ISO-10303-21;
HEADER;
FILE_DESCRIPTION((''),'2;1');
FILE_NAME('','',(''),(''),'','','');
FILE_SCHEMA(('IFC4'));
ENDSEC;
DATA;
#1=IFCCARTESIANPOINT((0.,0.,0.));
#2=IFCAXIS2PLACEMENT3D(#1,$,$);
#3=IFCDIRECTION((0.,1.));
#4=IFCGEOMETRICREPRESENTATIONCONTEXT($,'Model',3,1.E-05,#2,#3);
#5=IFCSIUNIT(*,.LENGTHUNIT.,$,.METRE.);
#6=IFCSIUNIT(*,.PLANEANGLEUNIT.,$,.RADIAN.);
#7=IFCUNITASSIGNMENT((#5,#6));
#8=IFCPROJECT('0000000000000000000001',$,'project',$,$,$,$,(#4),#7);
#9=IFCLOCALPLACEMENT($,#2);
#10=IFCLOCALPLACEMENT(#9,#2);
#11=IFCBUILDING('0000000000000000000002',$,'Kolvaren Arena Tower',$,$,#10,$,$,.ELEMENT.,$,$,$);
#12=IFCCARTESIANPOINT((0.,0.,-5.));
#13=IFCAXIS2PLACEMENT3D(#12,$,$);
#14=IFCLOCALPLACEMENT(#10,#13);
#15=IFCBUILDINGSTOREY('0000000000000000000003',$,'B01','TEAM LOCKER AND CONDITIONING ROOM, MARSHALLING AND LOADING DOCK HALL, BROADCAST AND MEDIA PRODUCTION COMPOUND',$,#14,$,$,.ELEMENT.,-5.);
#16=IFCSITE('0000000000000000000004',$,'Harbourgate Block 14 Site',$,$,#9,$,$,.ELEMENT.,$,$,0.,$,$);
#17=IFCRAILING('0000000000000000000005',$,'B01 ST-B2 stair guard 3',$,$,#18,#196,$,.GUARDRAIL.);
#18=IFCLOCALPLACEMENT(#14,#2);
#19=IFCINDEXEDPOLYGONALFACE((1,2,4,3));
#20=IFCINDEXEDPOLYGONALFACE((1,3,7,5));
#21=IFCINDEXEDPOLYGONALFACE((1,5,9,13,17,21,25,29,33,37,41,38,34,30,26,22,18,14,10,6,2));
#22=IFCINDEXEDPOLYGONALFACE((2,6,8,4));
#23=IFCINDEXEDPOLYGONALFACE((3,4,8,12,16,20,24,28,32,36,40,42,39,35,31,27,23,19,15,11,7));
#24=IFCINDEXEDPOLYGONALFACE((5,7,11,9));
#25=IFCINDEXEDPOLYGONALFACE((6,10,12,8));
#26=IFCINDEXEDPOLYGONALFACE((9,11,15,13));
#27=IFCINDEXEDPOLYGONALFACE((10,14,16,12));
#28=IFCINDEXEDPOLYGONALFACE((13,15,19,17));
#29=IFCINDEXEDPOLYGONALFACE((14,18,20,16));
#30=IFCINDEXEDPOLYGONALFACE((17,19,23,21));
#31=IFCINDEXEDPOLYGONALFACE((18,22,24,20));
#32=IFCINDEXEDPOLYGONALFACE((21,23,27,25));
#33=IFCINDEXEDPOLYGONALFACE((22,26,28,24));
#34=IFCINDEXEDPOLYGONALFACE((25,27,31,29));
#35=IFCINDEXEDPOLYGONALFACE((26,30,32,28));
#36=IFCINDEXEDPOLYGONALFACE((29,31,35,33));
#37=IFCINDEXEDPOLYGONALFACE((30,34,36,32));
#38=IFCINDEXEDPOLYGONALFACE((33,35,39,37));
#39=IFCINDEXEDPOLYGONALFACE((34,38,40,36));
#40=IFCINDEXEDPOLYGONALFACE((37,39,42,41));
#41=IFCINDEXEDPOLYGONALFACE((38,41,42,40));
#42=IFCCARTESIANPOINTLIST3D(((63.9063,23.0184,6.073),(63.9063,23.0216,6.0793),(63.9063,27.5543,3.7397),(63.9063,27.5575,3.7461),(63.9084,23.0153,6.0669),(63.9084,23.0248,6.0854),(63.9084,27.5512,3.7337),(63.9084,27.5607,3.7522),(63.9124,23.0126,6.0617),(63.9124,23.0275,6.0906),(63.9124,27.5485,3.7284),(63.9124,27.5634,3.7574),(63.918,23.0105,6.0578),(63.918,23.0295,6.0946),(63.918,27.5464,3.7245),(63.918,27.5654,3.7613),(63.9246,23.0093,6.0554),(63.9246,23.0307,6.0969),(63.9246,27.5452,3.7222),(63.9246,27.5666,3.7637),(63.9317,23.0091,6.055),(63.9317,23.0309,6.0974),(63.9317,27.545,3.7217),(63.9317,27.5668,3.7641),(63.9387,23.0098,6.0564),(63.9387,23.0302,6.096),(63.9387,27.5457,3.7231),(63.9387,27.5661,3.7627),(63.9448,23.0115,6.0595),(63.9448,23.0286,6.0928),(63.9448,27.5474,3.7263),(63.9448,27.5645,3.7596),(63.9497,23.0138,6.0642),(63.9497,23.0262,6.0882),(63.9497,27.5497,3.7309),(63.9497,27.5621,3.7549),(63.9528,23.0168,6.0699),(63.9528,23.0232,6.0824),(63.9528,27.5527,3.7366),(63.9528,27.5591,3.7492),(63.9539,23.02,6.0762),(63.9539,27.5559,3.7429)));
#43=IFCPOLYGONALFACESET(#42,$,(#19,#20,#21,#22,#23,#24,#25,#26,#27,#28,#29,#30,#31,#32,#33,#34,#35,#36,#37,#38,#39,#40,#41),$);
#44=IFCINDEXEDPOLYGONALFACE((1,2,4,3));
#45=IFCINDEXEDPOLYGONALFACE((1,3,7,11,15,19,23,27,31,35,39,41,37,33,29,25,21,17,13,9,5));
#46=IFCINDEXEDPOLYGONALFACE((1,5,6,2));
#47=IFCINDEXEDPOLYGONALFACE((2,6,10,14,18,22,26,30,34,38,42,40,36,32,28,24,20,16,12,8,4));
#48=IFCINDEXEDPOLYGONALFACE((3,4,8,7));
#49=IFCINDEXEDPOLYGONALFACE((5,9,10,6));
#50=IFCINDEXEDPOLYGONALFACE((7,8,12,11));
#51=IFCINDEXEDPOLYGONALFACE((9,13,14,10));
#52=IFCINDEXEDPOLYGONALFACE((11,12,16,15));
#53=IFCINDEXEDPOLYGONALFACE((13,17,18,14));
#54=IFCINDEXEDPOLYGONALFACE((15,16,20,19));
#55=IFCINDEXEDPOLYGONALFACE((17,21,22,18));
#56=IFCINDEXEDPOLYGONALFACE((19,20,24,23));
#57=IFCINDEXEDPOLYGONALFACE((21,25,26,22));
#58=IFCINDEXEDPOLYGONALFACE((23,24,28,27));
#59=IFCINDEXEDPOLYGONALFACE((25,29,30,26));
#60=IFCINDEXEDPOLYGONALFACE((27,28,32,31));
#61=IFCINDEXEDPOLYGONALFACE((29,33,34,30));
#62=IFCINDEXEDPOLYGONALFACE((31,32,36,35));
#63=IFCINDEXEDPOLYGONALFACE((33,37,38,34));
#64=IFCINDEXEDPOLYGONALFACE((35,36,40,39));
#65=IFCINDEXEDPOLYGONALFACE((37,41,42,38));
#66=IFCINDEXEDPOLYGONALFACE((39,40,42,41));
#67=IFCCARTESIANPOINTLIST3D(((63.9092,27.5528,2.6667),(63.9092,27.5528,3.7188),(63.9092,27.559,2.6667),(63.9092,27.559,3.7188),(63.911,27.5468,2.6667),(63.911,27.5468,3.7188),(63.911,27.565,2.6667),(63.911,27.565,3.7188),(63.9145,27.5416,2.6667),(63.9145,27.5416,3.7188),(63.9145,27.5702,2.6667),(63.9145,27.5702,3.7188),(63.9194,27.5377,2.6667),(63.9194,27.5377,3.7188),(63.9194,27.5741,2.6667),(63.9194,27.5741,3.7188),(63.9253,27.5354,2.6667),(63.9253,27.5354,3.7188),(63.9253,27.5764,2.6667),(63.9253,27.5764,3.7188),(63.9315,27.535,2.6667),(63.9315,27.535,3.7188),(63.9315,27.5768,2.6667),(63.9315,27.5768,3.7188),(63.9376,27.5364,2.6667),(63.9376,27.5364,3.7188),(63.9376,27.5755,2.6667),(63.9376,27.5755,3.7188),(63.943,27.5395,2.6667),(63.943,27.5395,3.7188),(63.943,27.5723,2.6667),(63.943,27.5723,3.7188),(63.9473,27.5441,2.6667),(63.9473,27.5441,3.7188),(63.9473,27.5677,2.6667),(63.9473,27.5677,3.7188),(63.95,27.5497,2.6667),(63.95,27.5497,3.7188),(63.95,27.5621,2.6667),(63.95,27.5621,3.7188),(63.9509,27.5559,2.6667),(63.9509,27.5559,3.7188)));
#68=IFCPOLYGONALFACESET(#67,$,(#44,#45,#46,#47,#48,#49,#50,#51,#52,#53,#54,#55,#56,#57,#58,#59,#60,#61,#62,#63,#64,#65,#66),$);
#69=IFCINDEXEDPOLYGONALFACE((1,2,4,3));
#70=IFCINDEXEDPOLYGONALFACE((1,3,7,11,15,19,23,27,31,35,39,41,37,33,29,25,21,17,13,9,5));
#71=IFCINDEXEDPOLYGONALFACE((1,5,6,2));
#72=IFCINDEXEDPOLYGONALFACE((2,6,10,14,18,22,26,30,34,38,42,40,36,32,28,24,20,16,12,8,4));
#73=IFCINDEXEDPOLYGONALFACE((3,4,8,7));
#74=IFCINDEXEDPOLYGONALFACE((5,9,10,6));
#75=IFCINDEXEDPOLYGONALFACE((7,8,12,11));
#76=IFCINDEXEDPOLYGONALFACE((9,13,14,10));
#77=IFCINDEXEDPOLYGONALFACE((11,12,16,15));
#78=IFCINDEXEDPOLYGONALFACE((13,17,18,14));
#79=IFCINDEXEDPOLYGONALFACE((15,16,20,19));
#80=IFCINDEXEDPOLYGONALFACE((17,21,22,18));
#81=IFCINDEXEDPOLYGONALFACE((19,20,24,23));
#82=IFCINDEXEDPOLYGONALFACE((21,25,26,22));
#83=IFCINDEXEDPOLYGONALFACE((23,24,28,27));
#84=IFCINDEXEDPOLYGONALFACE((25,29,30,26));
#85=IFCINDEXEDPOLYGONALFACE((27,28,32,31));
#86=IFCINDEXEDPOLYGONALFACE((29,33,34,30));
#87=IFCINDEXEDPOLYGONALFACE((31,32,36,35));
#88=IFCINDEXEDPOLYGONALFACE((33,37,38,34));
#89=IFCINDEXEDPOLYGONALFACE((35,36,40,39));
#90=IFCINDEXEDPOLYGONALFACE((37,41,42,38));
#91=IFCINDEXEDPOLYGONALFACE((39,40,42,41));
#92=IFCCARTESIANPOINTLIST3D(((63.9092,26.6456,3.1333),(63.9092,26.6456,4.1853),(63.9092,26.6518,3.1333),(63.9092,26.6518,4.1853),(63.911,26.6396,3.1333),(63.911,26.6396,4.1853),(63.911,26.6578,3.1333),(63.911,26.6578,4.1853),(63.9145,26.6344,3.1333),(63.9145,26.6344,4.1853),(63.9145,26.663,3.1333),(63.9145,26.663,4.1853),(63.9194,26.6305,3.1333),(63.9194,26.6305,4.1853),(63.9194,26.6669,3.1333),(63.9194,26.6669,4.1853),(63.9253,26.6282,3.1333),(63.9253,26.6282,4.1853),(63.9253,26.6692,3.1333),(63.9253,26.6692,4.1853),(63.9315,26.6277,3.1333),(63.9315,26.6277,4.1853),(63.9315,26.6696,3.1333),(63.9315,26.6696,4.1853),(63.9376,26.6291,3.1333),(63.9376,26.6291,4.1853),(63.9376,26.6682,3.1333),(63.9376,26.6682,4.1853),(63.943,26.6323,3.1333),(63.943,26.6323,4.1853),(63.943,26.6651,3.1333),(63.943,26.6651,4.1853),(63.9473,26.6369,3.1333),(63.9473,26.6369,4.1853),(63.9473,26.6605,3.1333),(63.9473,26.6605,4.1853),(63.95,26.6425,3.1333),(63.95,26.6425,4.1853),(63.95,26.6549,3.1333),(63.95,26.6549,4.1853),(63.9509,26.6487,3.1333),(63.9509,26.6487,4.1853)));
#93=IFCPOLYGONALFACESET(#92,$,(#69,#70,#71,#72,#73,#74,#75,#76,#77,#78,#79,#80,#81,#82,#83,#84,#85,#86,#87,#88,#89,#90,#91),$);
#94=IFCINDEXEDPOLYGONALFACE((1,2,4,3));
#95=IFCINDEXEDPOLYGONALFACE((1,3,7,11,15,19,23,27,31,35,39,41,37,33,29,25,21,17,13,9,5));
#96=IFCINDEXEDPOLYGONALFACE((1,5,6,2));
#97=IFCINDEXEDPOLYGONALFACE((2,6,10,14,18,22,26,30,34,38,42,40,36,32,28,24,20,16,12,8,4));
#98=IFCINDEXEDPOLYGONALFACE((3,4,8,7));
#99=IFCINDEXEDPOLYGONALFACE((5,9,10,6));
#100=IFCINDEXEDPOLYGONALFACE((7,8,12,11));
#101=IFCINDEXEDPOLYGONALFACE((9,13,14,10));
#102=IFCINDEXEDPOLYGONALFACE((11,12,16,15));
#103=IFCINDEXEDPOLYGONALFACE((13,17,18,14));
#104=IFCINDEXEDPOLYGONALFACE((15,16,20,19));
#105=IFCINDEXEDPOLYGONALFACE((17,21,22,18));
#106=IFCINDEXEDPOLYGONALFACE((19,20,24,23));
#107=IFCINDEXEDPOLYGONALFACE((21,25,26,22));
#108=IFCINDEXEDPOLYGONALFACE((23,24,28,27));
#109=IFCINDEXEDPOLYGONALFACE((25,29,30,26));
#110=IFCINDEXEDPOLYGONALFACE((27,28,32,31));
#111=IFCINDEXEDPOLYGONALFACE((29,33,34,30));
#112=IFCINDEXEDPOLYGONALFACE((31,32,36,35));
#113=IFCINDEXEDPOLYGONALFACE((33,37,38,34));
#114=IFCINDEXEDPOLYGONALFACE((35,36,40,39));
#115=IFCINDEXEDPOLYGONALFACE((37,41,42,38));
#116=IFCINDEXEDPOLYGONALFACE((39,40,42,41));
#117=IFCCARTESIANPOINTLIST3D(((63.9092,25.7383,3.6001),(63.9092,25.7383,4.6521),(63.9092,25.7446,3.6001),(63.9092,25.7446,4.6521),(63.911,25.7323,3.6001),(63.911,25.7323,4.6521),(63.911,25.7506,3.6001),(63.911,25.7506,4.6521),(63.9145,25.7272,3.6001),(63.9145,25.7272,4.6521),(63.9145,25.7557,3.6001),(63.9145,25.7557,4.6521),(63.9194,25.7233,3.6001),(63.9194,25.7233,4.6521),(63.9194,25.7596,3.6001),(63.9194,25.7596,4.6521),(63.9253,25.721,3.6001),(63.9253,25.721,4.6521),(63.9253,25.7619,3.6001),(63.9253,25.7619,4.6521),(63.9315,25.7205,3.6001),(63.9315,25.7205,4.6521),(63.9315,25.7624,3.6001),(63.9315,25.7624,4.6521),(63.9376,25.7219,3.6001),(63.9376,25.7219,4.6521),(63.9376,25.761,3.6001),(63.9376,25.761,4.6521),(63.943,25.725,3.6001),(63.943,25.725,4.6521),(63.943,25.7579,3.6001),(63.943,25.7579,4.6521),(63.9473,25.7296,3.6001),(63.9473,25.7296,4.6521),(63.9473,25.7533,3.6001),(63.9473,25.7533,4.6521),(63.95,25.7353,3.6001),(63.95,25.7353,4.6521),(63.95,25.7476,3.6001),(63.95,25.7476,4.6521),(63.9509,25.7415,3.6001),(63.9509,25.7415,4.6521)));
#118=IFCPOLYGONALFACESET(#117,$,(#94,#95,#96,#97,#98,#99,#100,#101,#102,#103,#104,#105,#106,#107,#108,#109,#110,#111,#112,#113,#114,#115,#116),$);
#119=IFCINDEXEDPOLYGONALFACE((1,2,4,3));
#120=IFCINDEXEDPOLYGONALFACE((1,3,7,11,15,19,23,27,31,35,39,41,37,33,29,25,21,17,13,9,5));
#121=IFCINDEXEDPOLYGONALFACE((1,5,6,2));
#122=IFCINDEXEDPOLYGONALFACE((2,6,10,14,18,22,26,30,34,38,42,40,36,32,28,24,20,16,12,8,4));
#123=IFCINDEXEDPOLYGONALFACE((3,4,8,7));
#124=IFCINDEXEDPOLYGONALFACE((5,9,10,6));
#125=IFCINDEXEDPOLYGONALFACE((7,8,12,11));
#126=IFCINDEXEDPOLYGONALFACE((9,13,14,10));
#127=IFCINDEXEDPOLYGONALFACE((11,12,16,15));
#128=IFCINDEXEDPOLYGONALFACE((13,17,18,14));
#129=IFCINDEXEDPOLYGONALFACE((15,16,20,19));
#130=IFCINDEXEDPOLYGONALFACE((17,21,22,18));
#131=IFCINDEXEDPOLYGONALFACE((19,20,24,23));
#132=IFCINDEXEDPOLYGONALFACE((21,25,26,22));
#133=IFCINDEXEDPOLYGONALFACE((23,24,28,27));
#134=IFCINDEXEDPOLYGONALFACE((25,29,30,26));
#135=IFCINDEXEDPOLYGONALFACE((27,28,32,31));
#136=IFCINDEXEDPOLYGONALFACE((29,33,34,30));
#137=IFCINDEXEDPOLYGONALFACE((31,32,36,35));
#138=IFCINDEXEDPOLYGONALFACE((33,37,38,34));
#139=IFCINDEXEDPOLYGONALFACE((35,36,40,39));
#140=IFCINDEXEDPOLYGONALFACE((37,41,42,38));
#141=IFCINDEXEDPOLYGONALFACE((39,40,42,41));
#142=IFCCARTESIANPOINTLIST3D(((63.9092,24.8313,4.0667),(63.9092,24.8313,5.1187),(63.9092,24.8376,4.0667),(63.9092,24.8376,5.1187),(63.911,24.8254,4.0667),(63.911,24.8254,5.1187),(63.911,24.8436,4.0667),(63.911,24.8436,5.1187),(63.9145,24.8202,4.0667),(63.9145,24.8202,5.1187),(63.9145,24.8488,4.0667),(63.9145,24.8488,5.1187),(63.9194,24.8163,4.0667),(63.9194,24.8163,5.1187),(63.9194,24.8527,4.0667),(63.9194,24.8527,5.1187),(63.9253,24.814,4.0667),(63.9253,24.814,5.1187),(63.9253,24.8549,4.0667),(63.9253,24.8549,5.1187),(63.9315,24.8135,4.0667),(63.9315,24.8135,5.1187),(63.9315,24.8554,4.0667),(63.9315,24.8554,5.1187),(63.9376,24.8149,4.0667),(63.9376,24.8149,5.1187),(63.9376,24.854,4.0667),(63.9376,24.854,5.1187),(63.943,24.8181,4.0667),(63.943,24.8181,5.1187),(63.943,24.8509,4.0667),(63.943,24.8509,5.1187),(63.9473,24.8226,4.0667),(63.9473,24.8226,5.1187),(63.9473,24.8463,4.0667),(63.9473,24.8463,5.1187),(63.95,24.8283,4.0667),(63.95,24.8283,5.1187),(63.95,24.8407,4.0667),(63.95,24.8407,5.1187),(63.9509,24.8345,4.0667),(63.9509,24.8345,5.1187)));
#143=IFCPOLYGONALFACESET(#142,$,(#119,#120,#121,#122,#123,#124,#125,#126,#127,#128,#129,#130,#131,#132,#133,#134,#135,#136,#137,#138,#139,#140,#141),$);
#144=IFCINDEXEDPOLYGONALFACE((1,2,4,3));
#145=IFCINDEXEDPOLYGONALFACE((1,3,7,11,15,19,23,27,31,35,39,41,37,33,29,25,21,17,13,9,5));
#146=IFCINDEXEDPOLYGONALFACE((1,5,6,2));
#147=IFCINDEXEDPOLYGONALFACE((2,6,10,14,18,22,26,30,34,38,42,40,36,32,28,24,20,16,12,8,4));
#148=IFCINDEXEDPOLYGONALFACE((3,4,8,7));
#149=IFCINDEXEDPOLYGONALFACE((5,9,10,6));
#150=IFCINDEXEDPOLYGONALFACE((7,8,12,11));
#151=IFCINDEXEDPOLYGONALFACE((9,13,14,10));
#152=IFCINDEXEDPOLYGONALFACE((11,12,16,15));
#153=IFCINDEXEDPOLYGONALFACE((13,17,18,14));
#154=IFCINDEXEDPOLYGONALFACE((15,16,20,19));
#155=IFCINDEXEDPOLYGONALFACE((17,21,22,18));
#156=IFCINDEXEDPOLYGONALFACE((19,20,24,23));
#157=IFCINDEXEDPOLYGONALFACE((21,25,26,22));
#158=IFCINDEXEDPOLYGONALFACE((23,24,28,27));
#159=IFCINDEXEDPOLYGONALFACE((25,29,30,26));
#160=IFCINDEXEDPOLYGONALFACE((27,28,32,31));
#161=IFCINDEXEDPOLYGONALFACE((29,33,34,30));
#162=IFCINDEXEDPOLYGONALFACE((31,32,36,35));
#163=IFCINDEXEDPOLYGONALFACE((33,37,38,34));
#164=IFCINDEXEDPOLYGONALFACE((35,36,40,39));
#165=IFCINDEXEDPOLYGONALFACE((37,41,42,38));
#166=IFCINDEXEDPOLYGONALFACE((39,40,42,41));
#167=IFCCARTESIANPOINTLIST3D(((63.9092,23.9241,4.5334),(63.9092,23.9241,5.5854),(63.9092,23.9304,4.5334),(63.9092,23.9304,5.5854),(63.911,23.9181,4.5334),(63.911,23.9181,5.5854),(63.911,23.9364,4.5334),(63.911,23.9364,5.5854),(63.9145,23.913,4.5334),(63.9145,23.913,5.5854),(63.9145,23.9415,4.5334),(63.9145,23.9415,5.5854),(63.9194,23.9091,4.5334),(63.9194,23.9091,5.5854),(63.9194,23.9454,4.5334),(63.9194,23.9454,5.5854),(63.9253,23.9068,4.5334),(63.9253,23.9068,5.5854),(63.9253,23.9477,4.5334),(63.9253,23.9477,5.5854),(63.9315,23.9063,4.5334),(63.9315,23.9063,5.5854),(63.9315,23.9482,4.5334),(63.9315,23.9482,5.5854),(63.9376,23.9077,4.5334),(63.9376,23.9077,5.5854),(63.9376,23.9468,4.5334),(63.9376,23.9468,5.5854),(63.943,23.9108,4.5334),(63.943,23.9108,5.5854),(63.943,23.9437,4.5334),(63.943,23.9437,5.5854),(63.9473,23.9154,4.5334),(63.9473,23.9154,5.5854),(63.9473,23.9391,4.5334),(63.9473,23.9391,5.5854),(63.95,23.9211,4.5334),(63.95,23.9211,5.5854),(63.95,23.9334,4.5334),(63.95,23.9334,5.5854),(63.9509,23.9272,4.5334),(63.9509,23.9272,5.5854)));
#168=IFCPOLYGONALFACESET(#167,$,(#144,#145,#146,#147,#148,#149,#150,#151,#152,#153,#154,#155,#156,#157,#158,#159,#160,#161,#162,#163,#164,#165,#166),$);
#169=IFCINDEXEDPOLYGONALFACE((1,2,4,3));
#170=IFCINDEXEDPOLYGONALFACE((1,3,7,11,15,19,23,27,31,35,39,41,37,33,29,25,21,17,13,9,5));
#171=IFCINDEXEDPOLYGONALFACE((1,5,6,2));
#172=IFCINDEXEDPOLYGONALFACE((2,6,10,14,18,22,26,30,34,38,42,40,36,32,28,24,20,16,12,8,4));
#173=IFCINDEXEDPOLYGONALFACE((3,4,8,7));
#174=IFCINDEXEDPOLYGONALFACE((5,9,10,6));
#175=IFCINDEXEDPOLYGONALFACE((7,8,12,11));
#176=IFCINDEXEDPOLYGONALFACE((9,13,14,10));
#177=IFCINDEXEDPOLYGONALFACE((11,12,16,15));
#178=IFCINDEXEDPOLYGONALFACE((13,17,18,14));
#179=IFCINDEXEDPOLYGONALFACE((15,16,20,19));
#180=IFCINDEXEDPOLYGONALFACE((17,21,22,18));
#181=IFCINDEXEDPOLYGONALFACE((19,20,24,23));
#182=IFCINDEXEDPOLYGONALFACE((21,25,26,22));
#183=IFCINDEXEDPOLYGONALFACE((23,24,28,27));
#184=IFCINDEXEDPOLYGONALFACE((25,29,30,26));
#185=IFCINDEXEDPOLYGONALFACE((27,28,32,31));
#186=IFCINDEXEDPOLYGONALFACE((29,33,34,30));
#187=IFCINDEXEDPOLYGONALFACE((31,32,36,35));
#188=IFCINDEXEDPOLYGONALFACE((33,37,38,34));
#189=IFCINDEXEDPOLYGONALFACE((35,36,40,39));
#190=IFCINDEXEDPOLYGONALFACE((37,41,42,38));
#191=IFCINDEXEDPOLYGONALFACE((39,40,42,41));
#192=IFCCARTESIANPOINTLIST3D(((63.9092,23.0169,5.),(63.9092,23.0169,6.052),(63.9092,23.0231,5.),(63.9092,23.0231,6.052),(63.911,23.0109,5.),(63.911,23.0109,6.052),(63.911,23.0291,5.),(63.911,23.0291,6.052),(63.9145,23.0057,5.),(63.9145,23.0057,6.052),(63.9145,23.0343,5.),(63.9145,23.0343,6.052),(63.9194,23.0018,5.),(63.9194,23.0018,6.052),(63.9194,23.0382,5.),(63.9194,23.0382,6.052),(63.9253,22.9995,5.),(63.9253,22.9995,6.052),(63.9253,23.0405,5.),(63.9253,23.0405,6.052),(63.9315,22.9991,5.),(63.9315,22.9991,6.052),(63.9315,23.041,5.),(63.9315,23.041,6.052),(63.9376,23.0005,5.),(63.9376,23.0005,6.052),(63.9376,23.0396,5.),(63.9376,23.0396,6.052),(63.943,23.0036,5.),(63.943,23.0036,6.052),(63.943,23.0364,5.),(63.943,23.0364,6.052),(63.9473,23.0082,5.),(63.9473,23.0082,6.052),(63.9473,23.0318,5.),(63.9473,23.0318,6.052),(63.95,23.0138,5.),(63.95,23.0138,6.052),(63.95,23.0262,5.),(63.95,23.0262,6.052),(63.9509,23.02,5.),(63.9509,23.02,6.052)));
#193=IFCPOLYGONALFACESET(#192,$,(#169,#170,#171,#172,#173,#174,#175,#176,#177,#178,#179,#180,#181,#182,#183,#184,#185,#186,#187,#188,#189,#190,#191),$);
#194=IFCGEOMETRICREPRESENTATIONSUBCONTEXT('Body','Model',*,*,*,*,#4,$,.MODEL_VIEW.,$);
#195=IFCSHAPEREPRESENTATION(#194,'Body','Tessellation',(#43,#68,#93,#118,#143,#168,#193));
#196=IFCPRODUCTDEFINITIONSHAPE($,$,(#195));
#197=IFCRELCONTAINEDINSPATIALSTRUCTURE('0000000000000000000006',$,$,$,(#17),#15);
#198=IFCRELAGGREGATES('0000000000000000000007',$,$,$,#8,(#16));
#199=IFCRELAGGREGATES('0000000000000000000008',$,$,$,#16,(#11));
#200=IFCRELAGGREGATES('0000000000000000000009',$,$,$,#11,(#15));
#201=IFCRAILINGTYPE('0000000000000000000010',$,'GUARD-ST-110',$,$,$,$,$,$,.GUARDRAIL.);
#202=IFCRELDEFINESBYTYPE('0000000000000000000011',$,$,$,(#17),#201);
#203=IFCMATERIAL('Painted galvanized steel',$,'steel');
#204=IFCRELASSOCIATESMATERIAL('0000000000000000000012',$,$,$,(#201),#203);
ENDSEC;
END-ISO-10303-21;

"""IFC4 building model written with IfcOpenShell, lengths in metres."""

from ifc_helpers import new_model, si_unit, direction, frame, origin, origin_2d, place, context, subcontext, project, spatial, circle, extrude, material, type_object, element, save


model = new_model("IFC4")

# Units and contexts
model_context = context("Model", 3, precision=1e-05, world=origin(), true_north=direction((0.0, 1.0)))
body_context = subcontext(model_context, "Body", "Model", "MODEL_VIEW")
ifc_project = project(units=[si_unit("LENGTHUNIT", "METRE"), si_unit("PLANEANGLEUNIT", "RADIAN")], contexts=[model_context])

# Site, building, storey
site_placement = place(None, origin())
site = spatial("IfcSite", under=ifc_project, at=site_placement, Name="Harbourgate Block 14 Site", CompositionType="ELEMENT", RefElevation=0.0)
building_placement = place(site_placement, origin())
building = spatial("IfcBuilding", under=site, at=building_placement, Name="Kolvaren Arena Tower", CompositionType="ELEMENT")
storey_placement = place(building_placement, frame((0.0, 0.0, -5.0)))
storey = spatial("IfcBuildingStorey", under=building, at=storey_placement, Name="B01", Description="TEAM LOCKER AND CONDITIONING ROOM, MARSHALLING AND LOADING DOCK HALL, BROADCAST AND MEDIA PRODUCTION COMPOUND", CompositionType="ELEMENT", Elevation=-5.0)

# Railing
ifc_material_1 = material(Name="Painted galvanized steel", Category="steel")
railing_type_1 = type_object("IfcRailingType", Name="GUARD-ST-110", PredefinedType="GUARDRAIL", material=ifc_material_1)
railing_1_placement = place(storey_placement, frame((63.9299, 27.5559, 2.6667)))
element("IfcRailing", 1, at=railing_1_placement, inside=storey, type_object=railing_type_1, Name="B01 ST-B2 stair guard 3", PredefinedType="GUARDRAIL", context=body_context, shape_type="SweptSolid", body=[
    extrude(circle(Radius=0.0239, at=origin_2d()), frame((0.0, 0.0, 1.0762), z_axis=(0.0, -0.889247, 0.457427), x_axis=(1.0, 0.0, 0.0)), (0.0, 0.0, 1.0), 5.1008),
    extrude(circle(Radius=0.021, at=origin_2d()), origin(), (0.0, 0.0, 1.0), 1.052),
    extrude(circle(Radius=0.021, at=origin_2d()), frame((0.0, -0.9072, 0.4666)), (0.0, 0.0, 1.0), 1.052),
    extrude(circle(Radius=0.021, at=origin_2d()), frame((0.0, -1.8145, 0.9333)), (0.0, 0.0, 1.0), 1.052),
    extrude(circle(Radius=0.021, at=origin_2d()), frame((0.0, -2.7214, 1.3999)), (0.0, 0.0, 1.0), 1.052),
    extrude(circle(Radius=0.021, at=origin_2d()), frame((0.0, -3.6287, 1.8667)), (0.0, 0.0, 1.0), 1.052),
    extrude(circle(Radius=0.021, at=origin_2d()), frame((0.0, -4.5359, 2.3333)), (0.0, 0.0, 1.0), 1.052),
])

save(model, "model.ifc")
